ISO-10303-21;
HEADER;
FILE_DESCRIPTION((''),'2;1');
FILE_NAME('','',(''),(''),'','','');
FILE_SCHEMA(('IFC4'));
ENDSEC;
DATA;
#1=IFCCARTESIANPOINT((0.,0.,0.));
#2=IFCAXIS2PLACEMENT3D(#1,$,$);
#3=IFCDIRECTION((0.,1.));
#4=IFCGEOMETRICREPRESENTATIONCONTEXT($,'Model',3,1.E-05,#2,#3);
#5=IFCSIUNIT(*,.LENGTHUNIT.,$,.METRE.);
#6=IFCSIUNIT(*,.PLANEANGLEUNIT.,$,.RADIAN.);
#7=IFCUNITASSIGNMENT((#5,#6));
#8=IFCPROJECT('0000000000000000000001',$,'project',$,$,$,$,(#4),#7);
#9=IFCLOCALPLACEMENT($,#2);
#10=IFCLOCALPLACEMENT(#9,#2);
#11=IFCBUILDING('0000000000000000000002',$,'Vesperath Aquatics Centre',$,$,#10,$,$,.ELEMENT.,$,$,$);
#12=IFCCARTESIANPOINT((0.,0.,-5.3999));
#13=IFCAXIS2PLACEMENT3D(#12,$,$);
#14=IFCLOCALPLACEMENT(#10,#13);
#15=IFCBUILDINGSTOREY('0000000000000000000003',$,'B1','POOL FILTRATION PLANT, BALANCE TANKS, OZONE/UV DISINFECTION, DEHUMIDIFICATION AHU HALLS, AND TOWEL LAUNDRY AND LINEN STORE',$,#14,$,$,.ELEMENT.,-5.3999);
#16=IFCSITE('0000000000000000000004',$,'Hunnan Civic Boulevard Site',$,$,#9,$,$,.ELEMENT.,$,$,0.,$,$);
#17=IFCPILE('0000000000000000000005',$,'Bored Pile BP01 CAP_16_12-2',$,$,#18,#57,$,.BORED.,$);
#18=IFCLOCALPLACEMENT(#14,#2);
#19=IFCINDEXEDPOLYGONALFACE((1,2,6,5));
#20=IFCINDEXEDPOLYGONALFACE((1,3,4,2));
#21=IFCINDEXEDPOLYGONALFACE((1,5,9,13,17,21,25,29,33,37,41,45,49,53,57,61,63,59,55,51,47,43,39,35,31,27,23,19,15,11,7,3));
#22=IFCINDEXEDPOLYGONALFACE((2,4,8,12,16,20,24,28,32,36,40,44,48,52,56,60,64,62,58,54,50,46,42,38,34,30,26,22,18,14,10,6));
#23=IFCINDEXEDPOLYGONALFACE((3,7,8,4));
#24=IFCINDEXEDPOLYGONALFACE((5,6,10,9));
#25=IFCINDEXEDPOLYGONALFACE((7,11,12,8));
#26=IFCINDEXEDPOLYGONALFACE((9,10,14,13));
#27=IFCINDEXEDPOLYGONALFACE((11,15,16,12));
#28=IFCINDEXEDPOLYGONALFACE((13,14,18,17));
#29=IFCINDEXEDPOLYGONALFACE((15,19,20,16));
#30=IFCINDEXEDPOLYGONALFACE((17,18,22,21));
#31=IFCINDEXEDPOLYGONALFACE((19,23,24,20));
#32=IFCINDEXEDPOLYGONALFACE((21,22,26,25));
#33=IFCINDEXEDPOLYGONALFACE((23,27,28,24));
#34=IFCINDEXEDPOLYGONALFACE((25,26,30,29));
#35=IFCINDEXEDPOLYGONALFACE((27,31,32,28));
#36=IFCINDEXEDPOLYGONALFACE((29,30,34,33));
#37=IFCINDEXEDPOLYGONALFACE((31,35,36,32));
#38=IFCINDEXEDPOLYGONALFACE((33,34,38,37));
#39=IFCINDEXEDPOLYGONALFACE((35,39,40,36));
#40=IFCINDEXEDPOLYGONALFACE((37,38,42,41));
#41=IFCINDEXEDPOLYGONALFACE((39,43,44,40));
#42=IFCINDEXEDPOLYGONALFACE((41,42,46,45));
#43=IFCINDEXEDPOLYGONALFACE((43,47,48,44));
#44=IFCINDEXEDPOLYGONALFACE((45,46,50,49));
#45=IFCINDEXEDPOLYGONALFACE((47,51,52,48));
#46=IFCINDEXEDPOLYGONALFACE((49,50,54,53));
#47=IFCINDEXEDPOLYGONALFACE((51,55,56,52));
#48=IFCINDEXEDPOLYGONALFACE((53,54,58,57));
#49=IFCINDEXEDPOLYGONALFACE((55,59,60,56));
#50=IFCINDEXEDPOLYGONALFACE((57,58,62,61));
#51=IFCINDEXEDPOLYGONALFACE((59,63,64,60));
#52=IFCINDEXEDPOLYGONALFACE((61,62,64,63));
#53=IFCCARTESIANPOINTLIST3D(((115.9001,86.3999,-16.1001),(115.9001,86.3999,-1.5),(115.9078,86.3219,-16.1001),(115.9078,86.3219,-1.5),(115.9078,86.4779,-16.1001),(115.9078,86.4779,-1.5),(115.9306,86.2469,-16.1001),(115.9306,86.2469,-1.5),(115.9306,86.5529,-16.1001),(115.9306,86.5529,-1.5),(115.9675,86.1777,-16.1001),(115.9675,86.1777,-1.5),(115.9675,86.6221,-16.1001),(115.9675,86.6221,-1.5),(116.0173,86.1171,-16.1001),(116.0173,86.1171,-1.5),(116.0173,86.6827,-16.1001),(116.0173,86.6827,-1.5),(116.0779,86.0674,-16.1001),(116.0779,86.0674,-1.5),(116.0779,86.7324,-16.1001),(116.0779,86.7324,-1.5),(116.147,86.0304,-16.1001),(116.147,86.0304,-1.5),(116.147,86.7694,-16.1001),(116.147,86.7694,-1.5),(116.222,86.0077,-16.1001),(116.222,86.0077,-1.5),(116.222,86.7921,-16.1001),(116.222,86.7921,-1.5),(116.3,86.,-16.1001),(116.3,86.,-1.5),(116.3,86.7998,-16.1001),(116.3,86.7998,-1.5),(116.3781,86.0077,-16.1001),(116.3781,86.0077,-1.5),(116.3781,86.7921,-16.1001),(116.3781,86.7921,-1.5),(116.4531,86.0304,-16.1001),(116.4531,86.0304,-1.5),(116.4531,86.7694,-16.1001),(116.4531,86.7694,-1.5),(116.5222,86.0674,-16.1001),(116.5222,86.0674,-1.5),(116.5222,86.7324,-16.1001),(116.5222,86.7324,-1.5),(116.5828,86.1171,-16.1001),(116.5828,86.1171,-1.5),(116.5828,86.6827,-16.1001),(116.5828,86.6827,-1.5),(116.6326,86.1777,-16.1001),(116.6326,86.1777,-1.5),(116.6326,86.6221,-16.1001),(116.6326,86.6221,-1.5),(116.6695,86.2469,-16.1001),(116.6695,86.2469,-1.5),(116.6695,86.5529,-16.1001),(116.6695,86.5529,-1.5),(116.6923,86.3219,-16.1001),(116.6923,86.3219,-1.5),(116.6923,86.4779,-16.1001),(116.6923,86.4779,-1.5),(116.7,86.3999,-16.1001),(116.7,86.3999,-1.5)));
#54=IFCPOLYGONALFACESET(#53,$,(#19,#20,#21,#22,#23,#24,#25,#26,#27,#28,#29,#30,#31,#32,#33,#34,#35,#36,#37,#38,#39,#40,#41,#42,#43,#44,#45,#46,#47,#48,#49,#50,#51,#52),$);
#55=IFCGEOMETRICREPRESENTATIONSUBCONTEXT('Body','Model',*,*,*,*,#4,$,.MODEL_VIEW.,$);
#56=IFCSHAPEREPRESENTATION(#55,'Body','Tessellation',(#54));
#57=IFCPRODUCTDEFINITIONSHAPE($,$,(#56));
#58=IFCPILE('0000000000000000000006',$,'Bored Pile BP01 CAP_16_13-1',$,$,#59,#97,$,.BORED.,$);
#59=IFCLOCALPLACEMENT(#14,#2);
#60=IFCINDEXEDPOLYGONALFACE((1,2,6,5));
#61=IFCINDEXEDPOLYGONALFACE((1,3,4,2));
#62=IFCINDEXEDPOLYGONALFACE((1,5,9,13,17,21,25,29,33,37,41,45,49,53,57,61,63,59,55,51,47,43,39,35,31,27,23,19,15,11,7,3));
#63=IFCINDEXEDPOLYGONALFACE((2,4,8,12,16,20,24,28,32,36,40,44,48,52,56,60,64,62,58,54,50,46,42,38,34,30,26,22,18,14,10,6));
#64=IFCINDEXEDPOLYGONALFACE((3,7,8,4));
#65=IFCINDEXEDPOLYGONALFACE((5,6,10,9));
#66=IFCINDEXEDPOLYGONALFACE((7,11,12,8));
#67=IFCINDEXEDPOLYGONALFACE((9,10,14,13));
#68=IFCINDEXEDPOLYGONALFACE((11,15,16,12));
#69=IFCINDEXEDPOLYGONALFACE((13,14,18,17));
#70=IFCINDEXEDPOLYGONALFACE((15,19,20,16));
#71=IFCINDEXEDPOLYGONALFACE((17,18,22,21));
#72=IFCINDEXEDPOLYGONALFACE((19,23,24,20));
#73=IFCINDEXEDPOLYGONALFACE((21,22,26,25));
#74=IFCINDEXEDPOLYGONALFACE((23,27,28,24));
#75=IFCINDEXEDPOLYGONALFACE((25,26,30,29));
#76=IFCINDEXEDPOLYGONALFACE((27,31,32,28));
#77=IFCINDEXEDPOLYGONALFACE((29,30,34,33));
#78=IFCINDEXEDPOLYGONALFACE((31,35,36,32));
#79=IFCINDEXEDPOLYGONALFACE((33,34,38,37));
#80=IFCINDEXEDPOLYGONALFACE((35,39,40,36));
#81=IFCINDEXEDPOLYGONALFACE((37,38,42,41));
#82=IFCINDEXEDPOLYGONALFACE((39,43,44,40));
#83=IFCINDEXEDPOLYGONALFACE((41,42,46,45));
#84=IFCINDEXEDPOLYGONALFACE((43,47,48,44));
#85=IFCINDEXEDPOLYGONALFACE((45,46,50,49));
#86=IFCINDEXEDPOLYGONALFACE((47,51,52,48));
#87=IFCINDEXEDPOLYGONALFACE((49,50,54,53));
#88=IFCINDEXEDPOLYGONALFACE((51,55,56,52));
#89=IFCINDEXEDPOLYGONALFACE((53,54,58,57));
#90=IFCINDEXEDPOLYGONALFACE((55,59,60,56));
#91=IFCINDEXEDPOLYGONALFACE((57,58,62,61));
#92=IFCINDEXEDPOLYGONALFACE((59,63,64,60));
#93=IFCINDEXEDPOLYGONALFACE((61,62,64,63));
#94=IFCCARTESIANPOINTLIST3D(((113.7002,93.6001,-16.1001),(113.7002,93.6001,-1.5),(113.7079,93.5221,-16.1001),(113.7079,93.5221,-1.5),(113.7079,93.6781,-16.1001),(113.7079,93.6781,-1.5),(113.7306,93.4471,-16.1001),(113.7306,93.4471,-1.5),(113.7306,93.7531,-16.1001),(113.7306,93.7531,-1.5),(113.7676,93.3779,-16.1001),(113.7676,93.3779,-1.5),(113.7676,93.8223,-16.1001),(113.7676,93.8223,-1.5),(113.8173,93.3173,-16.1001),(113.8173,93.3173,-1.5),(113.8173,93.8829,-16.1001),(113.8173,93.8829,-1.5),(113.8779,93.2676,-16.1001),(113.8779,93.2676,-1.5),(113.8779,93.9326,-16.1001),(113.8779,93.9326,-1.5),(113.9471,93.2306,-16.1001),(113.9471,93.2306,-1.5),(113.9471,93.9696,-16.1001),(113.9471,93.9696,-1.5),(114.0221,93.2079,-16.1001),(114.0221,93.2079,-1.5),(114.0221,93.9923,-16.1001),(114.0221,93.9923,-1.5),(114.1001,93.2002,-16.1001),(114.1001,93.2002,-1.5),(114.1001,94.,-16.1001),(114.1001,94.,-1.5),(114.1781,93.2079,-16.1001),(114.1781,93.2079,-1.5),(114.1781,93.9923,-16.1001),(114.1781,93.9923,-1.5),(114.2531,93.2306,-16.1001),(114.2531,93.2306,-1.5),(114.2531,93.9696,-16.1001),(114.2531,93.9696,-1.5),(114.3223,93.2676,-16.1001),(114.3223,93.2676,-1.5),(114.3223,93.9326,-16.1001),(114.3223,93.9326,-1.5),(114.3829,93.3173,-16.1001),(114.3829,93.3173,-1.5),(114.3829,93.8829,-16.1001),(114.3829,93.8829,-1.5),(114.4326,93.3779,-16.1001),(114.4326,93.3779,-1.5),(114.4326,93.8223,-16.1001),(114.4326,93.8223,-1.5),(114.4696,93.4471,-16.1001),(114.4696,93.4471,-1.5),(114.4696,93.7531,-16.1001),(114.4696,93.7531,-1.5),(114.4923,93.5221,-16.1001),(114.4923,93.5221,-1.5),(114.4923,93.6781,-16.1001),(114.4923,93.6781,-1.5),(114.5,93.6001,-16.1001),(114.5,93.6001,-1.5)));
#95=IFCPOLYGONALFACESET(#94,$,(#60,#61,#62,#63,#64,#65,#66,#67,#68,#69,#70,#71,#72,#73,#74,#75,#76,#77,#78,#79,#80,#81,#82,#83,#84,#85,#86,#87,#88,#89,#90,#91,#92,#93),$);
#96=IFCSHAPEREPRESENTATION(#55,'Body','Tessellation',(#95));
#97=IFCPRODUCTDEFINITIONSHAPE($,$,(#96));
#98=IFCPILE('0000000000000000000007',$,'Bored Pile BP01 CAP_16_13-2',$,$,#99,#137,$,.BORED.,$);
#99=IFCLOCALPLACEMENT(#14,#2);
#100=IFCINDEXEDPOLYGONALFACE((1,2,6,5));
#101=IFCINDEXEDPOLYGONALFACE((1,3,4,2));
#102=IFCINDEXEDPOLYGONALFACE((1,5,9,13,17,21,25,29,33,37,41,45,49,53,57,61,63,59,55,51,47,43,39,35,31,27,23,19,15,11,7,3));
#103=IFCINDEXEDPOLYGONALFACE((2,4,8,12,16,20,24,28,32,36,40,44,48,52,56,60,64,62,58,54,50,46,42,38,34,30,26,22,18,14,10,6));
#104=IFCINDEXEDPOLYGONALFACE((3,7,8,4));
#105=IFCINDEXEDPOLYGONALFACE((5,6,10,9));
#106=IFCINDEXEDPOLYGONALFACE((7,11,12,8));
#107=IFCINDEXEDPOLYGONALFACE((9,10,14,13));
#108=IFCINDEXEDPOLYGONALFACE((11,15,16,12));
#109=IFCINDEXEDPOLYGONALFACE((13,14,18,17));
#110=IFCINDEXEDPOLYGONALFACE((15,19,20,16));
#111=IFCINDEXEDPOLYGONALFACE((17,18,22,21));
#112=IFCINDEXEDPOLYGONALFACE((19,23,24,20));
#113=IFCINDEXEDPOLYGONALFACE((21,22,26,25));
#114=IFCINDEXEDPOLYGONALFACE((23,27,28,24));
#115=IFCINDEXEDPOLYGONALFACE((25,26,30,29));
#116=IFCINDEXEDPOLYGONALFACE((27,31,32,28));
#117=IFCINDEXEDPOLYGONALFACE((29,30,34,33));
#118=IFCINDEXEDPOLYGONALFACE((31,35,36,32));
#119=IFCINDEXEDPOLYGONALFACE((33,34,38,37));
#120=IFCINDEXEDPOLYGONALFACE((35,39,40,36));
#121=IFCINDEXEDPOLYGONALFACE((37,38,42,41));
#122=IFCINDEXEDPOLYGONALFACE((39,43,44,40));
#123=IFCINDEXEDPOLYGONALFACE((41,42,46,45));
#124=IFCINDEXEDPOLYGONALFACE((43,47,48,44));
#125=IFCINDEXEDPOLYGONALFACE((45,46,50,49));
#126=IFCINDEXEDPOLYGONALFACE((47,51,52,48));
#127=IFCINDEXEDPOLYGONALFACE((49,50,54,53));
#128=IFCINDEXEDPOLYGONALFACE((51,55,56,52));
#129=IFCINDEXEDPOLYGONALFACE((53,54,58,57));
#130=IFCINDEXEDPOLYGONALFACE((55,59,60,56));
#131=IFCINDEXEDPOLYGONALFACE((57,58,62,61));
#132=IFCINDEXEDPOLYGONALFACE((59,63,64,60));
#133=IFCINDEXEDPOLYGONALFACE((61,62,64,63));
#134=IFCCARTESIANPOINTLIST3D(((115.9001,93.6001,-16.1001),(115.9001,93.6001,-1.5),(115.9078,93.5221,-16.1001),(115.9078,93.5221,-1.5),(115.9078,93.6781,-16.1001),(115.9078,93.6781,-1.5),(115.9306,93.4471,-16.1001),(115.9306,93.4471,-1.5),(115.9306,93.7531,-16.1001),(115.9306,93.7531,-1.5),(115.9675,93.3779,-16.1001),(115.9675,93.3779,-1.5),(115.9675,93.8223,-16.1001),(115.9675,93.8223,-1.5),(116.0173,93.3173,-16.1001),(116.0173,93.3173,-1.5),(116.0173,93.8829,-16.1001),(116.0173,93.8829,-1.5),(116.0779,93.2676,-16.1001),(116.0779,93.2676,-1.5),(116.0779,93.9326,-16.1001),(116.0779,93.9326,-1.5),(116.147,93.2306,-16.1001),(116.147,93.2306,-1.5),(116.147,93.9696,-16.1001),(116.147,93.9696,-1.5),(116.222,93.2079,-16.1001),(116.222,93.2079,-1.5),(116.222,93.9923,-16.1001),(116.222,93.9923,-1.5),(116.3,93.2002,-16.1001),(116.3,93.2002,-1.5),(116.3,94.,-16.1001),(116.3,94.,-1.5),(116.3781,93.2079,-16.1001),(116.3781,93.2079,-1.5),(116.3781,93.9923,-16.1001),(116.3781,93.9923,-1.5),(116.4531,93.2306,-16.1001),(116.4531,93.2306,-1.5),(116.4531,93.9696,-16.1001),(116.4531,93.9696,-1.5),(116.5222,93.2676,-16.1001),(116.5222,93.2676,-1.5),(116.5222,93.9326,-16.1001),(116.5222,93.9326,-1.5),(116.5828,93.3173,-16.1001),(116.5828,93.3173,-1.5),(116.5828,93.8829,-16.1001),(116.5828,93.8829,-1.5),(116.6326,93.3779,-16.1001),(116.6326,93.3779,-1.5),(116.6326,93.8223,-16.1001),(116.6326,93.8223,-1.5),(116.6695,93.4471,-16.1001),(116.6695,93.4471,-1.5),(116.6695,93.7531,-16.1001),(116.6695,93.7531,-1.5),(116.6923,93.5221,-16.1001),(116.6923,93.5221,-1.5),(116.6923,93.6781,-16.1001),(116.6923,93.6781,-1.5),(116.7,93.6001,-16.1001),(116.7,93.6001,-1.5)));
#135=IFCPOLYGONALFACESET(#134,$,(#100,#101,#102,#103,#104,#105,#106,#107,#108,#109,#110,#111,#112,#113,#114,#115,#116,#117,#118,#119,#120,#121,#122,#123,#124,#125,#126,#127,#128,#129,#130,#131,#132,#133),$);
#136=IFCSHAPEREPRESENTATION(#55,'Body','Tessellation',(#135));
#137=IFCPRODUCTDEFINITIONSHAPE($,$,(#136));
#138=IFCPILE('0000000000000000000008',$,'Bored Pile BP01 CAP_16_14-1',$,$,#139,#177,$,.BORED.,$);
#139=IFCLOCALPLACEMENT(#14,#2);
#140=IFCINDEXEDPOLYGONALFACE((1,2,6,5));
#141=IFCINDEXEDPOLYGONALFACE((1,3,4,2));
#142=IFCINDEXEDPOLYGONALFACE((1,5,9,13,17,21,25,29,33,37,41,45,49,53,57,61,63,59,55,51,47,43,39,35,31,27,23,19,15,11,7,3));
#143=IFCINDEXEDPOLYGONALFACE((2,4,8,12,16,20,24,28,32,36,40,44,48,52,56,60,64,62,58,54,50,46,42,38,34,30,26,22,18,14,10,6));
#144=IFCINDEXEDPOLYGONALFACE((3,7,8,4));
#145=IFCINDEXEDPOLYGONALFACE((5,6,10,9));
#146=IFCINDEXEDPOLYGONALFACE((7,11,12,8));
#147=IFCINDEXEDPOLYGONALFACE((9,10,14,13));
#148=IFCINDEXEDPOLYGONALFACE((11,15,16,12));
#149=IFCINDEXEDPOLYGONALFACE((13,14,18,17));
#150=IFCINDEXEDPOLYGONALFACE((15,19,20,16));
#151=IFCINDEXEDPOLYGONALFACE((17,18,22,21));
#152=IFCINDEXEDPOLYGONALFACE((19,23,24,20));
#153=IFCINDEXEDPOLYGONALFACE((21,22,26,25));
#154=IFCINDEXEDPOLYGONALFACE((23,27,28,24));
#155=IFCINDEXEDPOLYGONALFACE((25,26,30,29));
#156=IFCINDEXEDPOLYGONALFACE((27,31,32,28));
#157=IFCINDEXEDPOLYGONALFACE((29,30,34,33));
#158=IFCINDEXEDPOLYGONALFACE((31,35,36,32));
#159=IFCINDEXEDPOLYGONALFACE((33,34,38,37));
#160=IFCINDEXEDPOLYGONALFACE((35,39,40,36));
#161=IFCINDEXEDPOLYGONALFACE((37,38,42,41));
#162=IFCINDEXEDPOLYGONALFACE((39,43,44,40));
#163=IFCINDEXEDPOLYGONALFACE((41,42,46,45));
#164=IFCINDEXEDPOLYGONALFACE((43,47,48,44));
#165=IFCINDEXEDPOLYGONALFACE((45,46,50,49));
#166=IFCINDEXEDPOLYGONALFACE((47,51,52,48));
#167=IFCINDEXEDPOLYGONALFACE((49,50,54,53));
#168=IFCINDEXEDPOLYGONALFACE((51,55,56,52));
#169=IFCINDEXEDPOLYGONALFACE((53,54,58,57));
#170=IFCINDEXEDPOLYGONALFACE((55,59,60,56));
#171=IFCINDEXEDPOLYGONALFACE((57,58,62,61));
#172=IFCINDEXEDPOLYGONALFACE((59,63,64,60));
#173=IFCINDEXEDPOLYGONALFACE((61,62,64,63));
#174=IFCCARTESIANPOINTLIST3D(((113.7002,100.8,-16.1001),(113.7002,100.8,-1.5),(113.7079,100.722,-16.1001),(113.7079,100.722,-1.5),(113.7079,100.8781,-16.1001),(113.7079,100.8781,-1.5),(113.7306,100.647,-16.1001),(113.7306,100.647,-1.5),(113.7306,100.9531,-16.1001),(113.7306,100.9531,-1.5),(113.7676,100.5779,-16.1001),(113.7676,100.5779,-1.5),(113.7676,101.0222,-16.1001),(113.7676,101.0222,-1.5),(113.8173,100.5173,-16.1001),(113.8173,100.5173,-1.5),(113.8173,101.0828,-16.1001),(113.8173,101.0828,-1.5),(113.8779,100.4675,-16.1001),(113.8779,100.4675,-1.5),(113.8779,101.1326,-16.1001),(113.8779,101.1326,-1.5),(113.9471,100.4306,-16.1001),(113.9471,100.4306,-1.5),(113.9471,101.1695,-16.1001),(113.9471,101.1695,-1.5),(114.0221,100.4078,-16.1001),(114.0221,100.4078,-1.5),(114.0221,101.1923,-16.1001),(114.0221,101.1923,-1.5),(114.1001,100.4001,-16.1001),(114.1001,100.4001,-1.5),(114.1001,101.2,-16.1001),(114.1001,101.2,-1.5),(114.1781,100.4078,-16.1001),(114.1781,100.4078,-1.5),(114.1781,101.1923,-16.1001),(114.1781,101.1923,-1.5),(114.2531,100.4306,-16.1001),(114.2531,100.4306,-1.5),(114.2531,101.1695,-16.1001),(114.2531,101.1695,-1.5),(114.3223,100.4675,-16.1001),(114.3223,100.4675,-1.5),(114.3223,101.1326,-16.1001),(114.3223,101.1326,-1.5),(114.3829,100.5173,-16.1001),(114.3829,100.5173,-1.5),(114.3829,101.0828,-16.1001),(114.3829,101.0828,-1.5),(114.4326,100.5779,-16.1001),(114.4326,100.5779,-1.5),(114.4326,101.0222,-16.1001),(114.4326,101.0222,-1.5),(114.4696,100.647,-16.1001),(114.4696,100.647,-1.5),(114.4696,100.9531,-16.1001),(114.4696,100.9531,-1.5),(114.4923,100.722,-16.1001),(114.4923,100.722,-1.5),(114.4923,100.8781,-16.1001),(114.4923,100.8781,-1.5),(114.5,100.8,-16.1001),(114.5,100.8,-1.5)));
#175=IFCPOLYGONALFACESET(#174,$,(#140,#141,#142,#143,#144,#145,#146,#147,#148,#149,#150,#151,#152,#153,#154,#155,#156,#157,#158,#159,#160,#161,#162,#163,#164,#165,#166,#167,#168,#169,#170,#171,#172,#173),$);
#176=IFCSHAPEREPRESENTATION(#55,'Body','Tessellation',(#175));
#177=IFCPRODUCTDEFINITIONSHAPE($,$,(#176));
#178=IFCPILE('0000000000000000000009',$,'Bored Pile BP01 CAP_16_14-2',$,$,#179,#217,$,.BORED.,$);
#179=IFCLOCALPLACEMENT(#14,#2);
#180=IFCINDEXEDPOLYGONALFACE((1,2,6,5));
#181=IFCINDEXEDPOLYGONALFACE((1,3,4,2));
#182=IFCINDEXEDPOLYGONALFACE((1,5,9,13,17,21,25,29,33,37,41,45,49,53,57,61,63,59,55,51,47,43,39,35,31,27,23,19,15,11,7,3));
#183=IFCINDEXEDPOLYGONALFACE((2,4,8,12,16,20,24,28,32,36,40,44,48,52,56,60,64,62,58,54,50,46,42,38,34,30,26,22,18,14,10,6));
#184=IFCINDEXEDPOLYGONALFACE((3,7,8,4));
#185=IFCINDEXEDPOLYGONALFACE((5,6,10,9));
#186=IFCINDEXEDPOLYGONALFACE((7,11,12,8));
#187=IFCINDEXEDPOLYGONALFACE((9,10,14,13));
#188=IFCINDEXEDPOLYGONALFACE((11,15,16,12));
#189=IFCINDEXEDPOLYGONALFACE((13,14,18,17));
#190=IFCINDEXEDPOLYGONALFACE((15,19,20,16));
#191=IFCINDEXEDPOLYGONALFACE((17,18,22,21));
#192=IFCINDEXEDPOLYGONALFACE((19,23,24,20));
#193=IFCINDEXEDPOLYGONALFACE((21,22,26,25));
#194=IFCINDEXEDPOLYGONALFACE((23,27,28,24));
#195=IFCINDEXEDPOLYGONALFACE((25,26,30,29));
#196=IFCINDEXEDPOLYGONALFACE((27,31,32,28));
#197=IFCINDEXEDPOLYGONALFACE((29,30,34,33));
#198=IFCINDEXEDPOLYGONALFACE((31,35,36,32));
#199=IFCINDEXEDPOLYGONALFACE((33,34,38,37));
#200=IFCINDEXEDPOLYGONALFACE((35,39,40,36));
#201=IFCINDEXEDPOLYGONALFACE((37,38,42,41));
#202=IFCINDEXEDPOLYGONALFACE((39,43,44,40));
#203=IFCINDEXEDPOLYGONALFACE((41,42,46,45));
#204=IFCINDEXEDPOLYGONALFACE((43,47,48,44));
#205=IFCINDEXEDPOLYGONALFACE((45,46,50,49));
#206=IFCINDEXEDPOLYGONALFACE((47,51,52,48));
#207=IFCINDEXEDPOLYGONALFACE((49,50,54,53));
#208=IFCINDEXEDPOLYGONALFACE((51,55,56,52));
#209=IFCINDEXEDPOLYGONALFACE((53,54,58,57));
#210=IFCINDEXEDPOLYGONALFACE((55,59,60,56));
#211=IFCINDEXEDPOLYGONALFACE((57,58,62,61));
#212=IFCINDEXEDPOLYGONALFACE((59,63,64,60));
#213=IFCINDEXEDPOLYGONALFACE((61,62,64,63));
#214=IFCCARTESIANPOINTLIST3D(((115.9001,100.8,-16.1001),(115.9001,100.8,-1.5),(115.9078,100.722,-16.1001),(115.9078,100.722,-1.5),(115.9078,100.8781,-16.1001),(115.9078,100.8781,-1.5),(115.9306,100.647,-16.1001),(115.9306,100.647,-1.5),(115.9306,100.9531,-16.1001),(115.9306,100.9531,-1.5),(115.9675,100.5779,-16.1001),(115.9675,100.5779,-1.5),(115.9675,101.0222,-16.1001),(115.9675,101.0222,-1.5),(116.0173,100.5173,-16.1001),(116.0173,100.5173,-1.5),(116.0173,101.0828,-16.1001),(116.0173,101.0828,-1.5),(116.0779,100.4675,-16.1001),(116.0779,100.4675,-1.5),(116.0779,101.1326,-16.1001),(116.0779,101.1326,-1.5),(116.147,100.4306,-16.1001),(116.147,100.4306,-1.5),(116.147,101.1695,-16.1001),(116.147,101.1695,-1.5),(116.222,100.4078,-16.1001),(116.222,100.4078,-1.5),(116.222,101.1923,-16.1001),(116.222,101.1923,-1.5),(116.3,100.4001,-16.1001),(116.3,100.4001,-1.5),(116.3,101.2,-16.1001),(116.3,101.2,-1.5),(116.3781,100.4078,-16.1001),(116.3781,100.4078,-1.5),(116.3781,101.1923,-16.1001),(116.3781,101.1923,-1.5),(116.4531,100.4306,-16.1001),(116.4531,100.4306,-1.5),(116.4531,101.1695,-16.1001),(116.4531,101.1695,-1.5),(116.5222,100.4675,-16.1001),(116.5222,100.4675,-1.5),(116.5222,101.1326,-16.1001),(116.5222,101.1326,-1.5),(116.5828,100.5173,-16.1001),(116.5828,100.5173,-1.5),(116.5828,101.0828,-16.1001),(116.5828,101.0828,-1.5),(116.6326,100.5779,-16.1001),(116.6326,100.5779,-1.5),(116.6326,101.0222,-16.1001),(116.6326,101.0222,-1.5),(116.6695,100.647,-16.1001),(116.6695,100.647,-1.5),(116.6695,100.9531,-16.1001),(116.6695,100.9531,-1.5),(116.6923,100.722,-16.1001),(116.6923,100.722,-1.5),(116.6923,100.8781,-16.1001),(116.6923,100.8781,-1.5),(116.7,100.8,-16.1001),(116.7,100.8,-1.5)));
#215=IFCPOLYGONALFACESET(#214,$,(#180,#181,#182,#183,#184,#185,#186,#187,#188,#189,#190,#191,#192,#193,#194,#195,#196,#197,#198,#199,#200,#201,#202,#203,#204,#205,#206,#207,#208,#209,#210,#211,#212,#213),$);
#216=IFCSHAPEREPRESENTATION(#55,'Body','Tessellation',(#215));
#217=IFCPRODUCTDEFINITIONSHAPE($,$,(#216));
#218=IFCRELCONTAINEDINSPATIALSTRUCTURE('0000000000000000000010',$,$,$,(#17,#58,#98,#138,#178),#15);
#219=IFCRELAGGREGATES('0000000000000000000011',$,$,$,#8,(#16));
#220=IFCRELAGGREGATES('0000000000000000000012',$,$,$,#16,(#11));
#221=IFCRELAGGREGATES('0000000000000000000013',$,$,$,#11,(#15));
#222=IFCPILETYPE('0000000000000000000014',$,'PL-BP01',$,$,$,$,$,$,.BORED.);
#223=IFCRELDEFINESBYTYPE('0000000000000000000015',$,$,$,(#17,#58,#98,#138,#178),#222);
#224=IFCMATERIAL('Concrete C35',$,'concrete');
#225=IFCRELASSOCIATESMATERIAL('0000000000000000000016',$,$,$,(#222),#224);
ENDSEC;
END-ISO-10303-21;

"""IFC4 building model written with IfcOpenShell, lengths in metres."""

from ifc_helpers import new_model, si_unit, direction, frame, origin, origin_2d, place, context, subcontext, project, spatial, circle, extrude, material, material_profile, profile_set, type_object, element, save


model = new_model("IFC4")

# Units and contexts
model_context = context("Model", 3, precision=1e-05, world=origin(), true_north=direction((0.0, 1.0)))
body_context = subcontext(model_context, "Body", "Model", "MODEL_VIEW")
ifc_project = project(units=[si_unit("LENGTHUNIT", "METRE"), si_unit("PLANEANGLEUNIT", "RADIAN")], contexts=[model_context])

# Site, building, storey
site_placement = place(None, origin())
site = spatial("IfcSite", under=ifc_project, at=site_placement, Name="Hunnan Civic Boulevard Site", CompositionType="ELEMENT", RefElevation=0.0)
building_placement = place(site_placement, origin())
building = spatial("IfcBuilding", under=site, at=building_placement, Name="Vesperath Aquatics Centre", CompositionType="ELEMENT")
storey_placement = place(building_placement, frame((0.0, 0.0, -5.3999)))
storey = spatial("IfcBuildingStorey", under=building, at=storey_placement, Name="B1", Description="POOL FILTRATION PLANT, BALANCE TANKS, OZONE/UV DISINFECTION, DEHUMIDIFICATION AHU HALLS, AND TOWEL LAUNDRY AND LINEN STORE", CompositionType="ELEMENT", Elevation=-5.3999)

# Piles
ifc_material_1 = material(Name="Concrete C35", Category="concrete")
ifc_material_profile_1 = material_profile(ifc_material_1, circle(Radius=0.3999, at=origin_2d()), Name="PILE D800")
ifc_profile_set_1 = profile_set([ifc_material_profile_1], Name="Concrete C35")
pile_type_1 = type_object("IfcPileType", Name="PL-BP01", PredefinedType="BORED", material=ifc_profile_set_1)
for number, where, z_axis, x_axis, name in (
    (1, (116.3, 86.3999, -1.5), (0.0, 0.0, -1.0), (1.0, 0.0, 0.0), "Bored Pile BP01 CAP_16_12-2"),
    (2, (114.1001, 93.6001, -1.5), (0.0, 0.0, -1.0), (1.0, 0.0, 0.0), "Bored Pile BP01 CAP_16_13-1"),
    (3, (116.3, 93.6001, -1.5), (0.0, 0.0, -1.0), (1.0, 0.0, 0.0), "Bored Pile BP01 CAP_16_13-2"),
    (4, (114.1001, 100.8, -1.5), (0.0, 0.0, -1.0), (1.0, 0.0, 0.0), "Bored Pile BP01 CAP_16_14-1"),
    (5, (116.3, 100.8, -1.5), (0.0, 0.0, -1.0), (1.0, 0.0, 0.0), "Bored Pile BP01 CAP_16_14-2"),
):
    element("IfcPile", number, at=place(storey_placement, frame(where, z_axis=z_axis, x_axis=x_axis)), inside=storey, type_object=pile_type_1, Name=name, PredefinedType="BORED", context=body_context, shape_type="SweptSolid", body=[
        extrude(circle(Radius=0.3999, at=origin_2d()), origin(), (0.0, 0.0, 1.0), 14.6001),
    ])

save(model, "model.ifc")
